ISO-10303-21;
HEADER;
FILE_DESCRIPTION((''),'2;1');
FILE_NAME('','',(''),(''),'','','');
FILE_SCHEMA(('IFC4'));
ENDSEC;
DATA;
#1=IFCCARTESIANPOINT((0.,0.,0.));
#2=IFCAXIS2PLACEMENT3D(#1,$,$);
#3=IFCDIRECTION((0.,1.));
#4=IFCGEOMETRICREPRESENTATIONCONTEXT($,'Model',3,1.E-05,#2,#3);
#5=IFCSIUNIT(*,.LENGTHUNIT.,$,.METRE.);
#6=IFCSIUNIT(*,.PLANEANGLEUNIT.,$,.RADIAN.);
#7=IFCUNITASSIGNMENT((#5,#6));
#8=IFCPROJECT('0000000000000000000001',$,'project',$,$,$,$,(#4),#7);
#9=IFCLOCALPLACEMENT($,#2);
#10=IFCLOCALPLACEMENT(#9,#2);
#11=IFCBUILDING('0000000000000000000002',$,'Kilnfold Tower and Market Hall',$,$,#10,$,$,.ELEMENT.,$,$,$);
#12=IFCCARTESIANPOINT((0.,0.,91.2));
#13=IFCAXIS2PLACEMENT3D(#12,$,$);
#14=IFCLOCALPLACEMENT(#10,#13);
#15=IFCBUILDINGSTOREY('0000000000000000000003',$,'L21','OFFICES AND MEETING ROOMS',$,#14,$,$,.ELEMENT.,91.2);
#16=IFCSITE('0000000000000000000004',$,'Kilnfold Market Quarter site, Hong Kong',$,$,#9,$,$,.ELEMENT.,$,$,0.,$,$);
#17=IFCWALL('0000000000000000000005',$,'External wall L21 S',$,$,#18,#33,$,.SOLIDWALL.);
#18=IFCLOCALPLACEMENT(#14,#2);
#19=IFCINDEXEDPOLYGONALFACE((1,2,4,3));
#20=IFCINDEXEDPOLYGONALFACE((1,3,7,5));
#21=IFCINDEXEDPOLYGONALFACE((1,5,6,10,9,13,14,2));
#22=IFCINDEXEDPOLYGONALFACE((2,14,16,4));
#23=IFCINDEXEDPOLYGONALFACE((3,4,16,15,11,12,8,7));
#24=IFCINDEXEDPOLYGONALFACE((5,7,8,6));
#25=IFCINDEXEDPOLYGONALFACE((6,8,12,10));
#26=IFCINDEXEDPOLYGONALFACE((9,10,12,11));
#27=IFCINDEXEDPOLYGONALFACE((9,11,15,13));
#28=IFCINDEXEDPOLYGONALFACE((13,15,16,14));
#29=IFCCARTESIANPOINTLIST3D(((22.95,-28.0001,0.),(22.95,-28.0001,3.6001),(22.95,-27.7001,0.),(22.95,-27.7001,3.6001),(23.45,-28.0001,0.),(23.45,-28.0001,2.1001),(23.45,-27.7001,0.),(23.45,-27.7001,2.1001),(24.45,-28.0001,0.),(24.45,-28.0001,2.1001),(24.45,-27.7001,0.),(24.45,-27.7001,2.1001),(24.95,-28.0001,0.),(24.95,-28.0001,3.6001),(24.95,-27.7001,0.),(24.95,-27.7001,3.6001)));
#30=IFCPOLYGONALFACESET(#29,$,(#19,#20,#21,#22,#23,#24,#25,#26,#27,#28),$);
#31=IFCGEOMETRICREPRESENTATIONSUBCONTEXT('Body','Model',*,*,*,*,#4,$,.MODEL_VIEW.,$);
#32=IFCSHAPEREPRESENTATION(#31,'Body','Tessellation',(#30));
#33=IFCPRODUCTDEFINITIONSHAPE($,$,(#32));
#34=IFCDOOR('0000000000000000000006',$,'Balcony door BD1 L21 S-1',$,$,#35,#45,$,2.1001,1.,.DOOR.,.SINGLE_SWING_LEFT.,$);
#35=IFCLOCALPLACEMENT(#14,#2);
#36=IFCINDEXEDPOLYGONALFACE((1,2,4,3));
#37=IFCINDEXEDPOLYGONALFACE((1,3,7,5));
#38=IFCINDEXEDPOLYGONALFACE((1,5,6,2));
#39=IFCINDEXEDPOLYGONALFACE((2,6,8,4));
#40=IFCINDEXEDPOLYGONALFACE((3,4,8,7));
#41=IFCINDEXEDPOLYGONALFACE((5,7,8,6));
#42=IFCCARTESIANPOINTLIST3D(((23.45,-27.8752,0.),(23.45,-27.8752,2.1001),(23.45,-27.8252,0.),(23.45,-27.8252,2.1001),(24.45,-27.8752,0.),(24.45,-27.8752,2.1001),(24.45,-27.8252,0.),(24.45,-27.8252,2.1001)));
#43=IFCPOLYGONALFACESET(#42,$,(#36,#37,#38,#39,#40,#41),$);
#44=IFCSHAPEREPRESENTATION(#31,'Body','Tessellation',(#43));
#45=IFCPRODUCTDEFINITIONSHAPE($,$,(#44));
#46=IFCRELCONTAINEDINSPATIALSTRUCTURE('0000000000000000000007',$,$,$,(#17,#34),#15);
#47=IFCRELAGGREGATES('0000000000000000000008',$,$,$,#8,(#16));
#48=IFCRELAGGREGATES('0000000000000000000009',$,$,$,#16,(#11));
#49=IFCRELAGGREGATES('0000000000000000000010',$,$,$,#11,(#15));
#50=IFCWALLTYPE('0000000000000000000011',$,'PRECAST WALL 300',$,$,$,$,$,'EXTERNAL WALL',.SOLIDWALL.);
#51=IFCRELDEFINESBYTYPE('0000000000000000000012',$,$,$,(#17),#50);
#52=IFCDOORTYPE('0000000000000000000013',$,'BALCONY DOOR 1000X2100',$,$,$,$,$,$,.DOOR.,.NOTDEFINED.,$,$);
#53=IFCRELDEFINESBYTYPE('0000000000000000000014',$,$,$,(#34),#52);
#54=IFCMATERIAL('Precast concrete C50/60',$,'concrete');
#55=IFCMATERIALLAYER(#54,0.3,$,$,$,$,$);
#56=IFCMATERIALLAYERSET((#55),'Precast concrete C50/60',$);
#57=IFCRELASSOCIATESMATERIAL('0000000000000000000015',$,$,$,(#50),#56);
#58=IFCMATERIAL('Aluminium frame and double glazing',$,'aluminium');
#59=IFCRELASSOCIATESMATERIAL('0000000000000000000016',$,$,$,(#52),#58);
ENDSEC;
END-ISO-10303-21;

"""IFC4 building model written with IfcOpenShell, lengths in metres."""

from ifc_helpers import new_model, si_unit, direction, frame, frame_2d, origin, place, context, subcontext, project, spatial, rectangle, extrude, source, transform, mapped, material, layer, layer_set, type_object, element, fill, save


model = new_model("IFC4")

# Units and contexts
model_context = context("Model", 3, precision=1e-05, world=origin(), true_north=direction((0.0, 1.0)))
body_context = subcontext(model_context, "Body", "Model", "MODEL_VIEW")
ifc_project = project(units=[si_unit("LENGTHUNIT", "METRE"), si_unit("PLANEANGLEUNIT", "RADIAN")], contexts=[model_context])

# Site, building, storey
site_placement = place(None, origin())
site = spatial("IfcSite", under=ifc_project, at=site_placement, Name="Kilnfold Market Quarter site, Hong Kong", CompositionType="ELEMENT", RefElevation=0.0)
building_placement = place(site_placement, origin())
building = spatial("IfcBuilding", under=site, at=building_placement, Name="Kilnfold Tower and Market Hall", CompositionType="ELEMENT")
storey_placement = place(building_placement, frame((0.0, 0.0, 91.2)))
storey = spatial("IfcBuildingStorey", under=building, at=storey_placement, Name="L21", Description="OFFICES AND MEETING ROOMS", CompositionType="ELEMENT", Elevation=91.2)

# Wall, opening, door
ifc_material_1 = material(Name="Precast concrete C50/60", Category="concrete")
ifc_layer_1 = layer(ifc_material_1, 0.3)
ifc_layer_set_1 = layer_set([ifc_layer_1], Name="Precast concrete C50/60")
wall_type = type_object("IfcWallType", Name="PRECAST WALL 300", ElementType="EXTERNAL WALL", PredefinedType="SOLIDWALL", material=ifc_layer_set_1)
shared_shape_1 = source(origin(), body_context, "Body", "SweptSolid", [
    extrude(rectangle(XDim=2.0, YDim=0.3, at=frame_2d((1.0, 0.0))), origin(), (0.0, 0.0, 1.0), 3.6001),
])
wall_placement = place(storey_placement, frame((22.95, -27.8501, 0.0), z_axis=(0.0, 0.0, 1.0), x_axis=(1.0, 0.0, 0.0)))
wall = element("IfcWall", 1, at=wall_placement, inside=storey, type_object=wall_type, Name="External wall L21 S", PredefinedType="SOLIDWALL", context=body_context, shape_type="MappedRepresentation", body=[
    mapped(shared_shape_1, transform((0.0, 0.0, 0.0))),
])
opening_placement = place(wall_placement, frame((0.5, 0.0, 0.0)))
opening = element("IfcOpeningElement", 2, at=opening_placement, cuts=wall, PredefinedType="OPENING", context=body_context, shape_type="SweptSolid", body=[
    extrude(rectangle(XDim=1.0, YDim=2.1001, at=frame_2d((0.5, 1.05))), frame((0.0, 0.1602, 0.0), z_axis=(0.0, -1.0, 0.0), x_axis=(1.0, 0.0, 0.0)), (0.0, 0.0, 1.0), 0.3201),
])
ifc_material_2 = material(Name="Aluminium frame and double glazing", Category="aluminium")
door_type = type_object("IfcDoorType", Name="BALCONY DOOR 1000X2100", OperationType="NOTDEFINED", PredefinedType="DOOR", material=ifc_material_2)
door_placement = place(opening_placement, origin())
door = element("IfcDoor", 3, at=door_placement, inside=storey, type_object=door_type, Name="Balcony door BD1 L21 S-1", OperationType="SINGLE_SWING_LEFT", OverallHeight=2.1001, OverallWidth=1.0, PredefinedType="DOOR", context=body_context, shape_type="SweptSolid", body=[
    extrude(rectangle(XDim=1.0, YDim=2.1001, at=frame_2d((0.5, 1.05))), frame((0.0, 0.0249, 0.0), z_axis=(0.0, -1.0, 0.0), x_axis=(1.0, 0.0, 0.0)), (0.0, 0.0, 1.0), 0.05),
])
fill(opening, door)

save(model, "model.ifc")
